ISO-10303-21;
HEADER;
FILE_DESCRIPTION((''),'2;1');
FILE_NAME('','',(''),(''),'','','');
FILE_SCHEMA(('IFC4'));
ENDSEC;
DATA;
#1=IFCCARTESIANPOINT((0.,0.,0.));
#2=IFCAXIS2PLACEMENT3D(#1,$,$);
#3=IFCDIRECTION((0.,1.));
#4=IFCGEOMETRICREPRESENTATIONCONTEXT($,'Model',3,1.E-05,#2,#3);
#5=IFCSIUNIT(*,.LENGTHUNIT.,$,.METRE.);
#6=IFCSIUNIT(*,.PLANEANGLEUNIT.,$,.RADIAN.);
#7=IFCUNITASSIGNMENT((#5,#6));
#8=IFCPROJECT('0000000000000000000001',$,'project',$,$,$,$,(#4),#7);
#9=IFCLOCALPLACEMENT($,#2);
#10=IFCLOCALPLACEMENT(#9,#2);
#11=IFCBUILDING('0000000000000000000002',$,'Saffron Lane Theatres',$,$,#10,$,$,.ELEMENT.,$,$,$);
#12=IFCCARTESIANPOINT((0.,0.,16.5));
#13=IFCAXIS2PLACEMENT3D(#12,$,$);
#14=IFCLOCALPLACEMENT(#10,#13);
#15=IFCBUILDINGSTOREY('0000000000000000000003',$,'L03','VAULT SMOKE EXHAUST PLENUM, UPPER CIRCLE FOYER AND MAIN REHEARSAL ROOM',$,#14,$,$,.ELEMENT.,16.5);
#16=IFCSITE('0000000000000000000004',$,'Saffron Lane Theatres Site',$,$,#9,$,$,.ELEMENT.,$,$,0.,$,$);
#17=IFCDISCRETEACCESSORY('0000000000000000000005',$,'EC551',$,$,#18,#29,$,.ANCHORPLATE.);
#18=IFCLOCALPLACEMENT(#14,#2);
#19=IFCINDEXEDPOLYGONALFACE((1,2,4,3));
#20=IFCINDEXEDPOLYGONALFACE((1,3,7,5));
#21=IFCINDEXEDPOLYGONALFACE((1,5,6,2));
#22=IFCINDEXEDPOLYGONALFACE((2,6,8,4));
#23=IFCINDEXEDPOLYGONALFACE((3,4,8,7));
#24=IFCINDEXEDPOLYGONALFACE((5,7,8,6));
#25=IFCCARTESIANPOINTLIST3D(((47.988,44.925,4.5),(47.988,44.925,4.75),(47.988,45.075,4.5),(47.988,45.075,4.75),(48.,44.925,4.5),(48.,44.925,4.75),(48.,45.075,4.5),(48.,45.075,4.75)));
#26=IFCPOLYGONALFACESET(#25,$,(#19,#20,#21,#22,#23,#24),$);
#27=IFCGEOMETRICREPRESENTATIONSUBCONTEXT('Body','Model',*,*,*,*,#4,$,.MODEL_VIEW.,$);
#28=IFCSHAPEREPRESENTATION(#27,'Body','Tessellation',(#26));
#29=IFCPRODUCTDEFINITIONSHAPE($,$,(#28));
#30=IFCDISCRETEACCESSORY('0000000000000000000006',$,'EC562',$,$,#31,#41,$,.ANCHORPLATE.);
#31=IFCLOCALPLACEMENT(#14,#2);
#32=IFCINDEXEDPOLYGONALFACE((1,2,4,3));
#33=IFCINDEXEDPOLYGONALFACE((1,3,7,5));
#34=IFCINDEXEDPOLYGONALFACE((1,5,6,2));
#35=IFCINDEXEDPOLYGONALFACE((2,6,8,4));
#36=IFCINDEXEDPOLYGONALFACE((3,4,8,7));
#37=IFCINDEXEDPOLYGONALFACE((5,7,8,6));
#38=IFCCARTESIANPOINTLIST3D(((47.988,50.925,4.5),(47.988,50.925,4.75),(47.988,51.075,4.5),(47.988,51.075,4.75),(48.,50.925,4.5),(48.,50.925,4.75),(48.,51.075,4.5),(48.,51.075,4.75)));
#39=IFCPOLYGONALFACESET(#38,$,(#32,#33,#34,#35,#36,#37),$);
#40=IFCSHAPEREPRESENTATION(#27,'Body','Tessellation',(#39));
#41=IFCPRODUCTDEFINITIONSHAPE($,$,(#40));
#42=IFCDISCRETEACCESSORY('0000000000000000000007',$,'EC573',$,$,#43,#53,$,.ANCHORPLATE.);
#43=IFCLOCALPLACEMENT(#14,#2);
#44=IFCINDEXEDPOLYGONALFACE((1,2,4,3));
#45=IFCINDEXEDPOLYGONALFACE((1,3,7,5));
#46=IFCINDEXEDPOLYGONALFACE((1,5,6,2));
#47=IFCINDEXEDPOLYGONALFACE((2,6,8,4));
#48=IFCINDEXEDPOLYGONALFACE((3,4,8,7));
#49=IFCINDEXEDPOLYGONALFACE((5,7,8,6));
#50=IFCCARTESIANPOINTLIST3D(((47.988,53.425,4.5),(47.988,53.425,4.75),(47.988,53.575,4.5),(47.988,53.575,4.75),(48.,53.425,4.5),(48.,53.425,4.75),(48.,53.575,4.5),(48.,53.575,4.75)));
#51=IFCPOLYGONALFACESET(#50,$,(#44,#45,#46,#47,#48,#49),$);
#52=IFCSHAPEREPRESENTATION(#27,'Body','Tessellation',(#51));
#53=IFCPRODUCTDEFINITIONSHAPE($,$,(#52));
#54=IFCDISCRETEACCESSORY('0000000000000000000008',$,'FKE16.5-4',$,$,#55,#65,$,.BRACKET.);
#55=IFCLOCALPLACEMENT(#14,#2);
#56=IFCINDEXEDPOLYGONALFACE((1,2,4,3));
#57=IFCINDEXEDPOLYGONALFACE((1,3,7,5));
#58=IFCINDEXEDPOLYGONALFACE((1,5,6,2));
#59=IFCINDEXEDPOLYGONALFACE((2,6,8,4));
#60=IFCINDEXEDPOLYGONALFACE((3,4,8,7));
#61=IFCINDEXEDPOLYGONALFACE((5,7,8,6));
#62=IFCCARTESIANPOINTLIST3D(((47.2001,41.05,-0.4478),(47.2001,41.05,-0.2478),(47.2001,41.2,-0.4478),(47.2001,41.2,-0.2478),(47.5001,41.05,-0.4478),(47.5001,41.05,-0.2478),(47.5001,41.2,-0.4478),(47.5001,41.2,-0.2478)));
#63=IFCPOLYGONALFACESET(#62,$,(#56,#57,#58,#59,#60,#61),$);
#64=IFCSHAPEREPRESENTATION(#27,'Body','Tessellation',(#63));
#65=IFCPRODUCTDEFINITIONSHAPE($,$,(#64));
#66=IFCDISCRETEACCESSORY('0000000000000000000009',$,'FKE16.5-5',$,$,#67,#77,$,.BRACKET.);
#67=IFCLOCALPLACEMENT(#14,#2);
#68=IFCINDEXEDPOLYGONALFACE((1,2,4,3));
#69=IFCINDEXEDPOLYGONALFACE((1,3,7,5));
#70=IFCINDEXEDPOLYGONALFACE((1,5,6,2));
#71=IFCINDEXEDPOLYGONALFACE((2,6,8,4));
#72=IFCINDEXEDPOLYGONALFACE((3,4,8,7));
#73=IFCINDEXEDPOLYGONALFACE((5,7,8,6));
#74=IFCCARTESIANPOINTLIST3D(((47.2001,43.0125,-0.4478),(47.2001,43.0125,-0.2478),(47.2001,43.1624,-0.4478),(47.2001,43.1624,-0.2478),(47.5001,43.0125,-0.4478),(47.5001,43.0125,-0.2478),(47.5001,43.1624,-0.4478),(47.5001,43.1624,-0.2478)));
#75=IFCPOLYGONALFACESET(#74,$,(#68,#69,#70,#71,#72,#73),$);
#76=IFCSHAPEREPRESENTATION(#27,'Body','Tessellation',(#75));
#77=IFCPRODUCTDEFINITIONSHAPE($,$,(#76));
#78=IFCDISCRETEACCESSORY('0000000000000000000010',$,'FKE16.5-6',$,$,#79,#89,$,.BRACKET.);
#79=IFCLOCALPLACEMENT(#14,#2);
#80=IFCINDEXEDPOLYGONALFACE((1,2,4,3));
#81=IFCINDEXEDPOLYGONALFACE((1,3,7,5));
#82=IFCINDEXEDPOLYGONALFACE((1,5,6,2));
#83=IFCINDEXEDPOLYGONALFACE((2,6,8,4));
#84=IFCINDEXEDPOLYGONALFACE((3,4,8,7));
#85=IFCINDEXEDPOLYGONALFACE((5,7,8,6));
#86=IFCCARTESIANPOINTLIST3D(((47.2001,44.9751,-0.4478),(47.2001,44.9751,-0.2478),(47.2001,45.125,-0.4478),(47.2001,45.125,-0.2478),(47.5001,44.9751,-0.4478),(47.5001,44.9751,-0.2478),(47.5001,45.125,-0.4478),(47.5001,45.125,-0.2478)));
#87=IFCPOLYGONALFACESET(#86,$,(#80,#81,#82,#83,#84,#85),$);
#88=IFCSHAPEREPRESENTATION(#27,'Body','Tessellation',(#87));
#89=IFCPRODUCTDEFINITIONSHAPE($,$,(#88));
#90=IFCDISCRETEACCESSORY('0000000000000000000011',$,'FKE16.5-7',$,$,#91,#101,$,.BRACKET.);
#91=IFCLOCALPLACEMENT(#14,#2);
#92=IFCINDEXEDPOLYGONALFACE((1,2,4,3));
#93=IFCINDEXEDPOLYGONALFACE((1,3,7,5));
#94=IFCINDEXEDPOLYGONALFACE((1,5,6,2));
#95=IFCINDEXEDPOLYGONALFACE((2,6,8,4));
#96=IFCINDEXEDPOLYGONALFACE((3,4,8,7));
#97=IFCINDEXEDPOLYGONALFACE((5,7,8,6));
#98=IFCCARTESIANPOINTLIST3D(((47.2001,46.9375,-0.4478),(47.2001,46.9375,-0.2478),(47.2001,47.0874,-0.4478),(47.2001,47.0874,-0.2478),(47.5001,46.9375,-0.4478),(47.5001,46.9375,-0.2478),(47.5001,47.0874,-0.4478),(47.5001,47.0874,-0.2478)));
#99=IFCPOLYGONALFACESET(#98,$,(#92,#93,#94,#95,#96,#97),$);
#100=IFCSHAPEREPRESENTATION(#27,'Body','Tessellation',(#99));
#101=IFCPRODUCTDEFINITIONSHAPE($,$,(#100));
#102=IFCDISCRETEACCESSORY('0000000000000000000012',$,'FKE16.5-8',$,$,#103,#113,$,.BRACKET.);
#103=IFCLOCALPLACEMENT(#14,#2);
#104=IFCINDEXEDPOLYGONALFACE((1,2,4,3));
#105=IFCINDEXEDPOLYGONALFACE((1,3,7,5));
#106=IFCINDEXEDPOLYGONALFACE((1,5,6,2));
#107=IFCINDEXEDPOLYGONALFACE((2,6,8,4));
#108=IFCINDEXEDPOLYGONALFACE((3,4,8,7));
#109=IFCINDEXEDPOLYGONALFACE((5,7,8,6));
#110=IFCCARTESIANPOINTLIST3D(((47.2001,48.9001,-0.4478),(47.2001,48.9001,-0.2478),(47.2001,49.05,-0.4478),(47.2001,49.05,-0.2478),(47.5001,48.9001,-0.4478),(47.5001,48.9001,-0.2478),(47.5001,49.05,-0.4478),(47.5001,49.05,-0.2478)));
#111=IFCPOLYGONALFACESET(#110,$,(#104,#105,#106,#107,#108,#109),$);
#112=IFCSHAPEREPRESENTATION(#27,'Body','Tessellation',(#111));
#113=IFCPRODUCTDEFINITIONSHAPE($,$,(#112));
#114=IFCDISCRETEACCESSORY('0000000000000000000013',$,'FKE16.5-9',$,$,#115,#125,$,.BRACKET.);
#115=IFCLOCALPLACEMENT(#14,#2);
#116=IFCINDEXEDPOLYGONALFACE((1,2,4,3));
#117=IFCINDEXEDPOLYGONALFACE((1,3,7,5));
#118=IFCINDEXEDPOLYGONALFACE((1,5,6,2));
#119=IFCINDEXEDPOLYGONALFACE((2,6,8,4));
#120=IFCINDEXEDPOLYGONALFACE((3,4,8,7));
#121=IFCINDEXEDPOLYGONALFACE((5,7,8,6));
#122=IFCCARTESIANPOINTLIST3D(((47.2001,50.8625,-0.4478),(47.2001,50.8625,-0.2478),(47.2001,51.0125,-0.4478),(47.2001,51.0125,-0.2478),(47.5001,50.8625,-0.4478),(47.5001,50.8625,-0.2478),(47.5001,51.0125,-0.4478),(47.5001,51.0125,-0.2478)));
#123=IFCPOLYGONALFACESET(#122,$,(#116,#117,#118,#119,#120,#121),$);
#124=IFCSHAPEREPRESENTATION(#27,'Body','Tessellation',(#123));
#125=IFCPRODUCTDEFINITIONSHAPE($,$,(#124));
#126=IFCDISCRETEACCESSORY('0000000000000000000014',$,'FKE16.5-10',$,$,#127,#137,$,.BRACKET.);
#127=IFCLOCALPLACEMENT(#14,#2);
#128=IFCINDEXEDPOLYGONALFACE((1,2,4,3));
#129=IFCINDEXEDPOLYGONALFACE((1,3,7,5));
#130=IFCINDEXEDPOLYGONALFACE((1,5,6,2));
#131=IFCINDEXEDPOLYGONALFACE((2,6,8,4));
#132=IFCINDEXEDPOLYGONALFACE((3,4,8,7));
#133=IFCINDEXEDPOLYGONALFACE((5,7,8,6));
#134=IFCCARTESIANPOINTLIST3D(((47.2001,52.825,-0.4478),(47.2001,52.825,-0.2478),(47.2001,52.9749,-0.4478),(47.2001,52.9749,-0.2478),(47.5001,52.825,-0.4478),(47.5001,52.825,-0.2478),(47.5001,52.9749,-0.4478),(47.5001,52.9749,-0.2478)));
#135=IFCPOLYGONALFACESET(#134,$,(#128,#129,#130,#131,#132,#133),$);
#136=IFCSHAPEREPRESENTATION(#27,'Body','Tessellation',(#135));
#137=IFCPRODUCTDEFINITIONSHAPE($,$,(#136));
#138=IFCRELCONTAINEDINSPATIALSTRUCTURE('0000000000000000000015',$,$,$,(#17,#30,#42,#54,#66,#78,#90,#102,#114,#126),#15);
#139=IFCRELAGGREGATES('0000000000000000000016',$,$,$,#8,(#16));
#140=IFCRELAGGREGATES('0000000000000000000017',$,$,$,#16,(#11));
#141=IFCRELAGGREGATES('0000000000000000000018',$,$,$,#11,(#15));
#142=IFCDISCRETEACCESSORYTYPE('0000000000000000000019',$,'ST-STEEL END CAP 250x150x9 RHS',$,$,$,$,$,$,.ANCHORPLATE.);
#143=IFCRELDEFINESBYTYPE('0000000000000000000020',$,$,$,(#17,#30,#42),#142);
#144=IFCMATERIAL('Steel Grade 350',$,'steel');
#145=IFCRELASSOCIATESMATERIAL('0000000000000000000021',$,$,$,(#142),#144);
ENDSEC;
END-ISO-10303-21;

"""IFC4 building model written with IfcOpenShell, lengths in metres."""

from ifc_helpers import new_model, si_unit, direction, frame, origin, origin_2d, place, context, subcontext, project, spatial, rectangle, extrude, material, material_profile, profile_set, type_object, element, save


model = new_model("IFC4")

# Units and contexts
model_context = context("Model", 3, precision=1e-05, world=origin(), true_north=direction((0.0, 1.0)))
body_context = subcontext(model_context, "Body", "Model", "MODEL_VIEW")
ifc_project = project(units=[si_unit("LENGTHUNIT", "METRE"), si_unit("PLANEANGLEUNIT", "RADIAN")], contexts=[model_context])

# Site, building, storey
site_placement = place(None, origin())
site = spatial("IfcSite", under=ifc_project, at=site_placement, Name="Saffron Lane Theatres Site", CompositionType="ELEMENT", RefElevation=0.0)
building_placement = place(site_placement, origin())
building = spatial("IfcBuilding", under=site, at=building_placement, Name="Saffron Lane Theatres", CompositionType="ELEMENT")
storey_placement = place(building_placement, frame((0.0, 0.0, 16.5)))
storey = spatial("IfcBuildingStorey", under=building, at=storey_placement, Name="L03", Description="VAULT SMOKE EXHAUST PLENUM, UPPER CIRCLE FOYER AND MAIN REHEARSAL ROOM", CompositionType="ELEMENT", Elevation=16.5)

# Discrete accessories
ifc_material_1 = material(Name="Steel Grade 350", Category="steel")
ifc_material_profile_1 = material_profile(ifc_material_1, rectangle(XDim=0.1499, YDim=0.25, at=origin_2d()))
ifc_profile_set_1 = profile_set([ifc_material_profile_1], Name="Steel Grade 350")
discrete_accessory_type_1 = type_object("IfcDiscreteAccessoryType", Name="ST-STEEL END CAP 250x150x9 RHS", PredefinedType="ANCHORPLATE", material=ifc_profile_set_1)
for number, where, z_axis, x_axis, name in (
    (1, (48.0, 45.0, 4.625), (-1.0, 0.0, 0.0), (0.0, -1.0, 0.0), "EC551"),
    (2, (48.0, 51.0, 4.625), (-1.0, 0.0, 0.0), (0.0, -1.0, 0.0), "EC562"),
    (3, (48.0, 53.5, 4.625), (-1.0, 0.0, 0.0), (0.0, -1.0, 0.0), "EC573"),
):
    element("IfcDiscreteAccessory", number, at=place(storey_placement, frame(where, z_axis=z_axis, x_axis=x_axis)), inside=storey, type_object=discrete_accessory_type_1, Name=name, PredefinedType="ANCHORPLATE", context=body_context, shape_type="SweptSolid", body=[
        extrude(rectangle(XDim=0.1499, YDim=0.25, at=origin_2d()), origin(), (0.0, 0.0, 1.0), 0.012),
    ])
for number, where, z_axis, x_axis, name in (
    (4, (47.3501, 41.125, -0.4478), (0.0, 0.0, 1.0), (1.0, 0.0, 0.0), "FKE16.5-4"),
    (5, (47.3501, 43.0874, -0.4478), (0.0, 0.0, 1.0), (1.0, 0.0, 0.0), "FKE16.5-5"),
    (6, (47.3501, 45.05, -0.4478), (0.0, 0.0, 1.0), (1.0, 0.0, 0.0), "FKE16.5-6"),
    (7, (47.3501, 47.0125, -0.4478), (0.0, 0.0, 1.0), (1.0, 0.0, 0.0), "FKE16.5-7"),
    (8, (47.3501, 48.9751, -0.4478), (0.0, 0.0, 1.0), (1.0, 0.0, 0.0), "FKE16.5-8"),
    (9, (47.3501, 50.9375, -0.4478), (0.0, 0.0, 1.0), (1.0, 0.0, 0.0), "FKE16.5-9"),
    (10, (47.3501, 52.8999, -0.4478), (0.0, 0.0, 1.0), (1.0, 0.0, 0.0), "FKE16.5-10"),
):
    element("IfcDiscreteAccessory", number, at=place(storey_placement, frame(where, z_axis=z_axis, x_axis=x_axis)), inside=storey, Name=name, PredefinedType="BRACKET", context=body_context, shape_type="SweptSolid", body=[
        extrude(rectangle(XDim=0.3, YDim=0.1499, at=origin_2d()), origin(), (0.0, 0.0, 1.0), 0.2),
    ])

save(model, "model.ifc")
